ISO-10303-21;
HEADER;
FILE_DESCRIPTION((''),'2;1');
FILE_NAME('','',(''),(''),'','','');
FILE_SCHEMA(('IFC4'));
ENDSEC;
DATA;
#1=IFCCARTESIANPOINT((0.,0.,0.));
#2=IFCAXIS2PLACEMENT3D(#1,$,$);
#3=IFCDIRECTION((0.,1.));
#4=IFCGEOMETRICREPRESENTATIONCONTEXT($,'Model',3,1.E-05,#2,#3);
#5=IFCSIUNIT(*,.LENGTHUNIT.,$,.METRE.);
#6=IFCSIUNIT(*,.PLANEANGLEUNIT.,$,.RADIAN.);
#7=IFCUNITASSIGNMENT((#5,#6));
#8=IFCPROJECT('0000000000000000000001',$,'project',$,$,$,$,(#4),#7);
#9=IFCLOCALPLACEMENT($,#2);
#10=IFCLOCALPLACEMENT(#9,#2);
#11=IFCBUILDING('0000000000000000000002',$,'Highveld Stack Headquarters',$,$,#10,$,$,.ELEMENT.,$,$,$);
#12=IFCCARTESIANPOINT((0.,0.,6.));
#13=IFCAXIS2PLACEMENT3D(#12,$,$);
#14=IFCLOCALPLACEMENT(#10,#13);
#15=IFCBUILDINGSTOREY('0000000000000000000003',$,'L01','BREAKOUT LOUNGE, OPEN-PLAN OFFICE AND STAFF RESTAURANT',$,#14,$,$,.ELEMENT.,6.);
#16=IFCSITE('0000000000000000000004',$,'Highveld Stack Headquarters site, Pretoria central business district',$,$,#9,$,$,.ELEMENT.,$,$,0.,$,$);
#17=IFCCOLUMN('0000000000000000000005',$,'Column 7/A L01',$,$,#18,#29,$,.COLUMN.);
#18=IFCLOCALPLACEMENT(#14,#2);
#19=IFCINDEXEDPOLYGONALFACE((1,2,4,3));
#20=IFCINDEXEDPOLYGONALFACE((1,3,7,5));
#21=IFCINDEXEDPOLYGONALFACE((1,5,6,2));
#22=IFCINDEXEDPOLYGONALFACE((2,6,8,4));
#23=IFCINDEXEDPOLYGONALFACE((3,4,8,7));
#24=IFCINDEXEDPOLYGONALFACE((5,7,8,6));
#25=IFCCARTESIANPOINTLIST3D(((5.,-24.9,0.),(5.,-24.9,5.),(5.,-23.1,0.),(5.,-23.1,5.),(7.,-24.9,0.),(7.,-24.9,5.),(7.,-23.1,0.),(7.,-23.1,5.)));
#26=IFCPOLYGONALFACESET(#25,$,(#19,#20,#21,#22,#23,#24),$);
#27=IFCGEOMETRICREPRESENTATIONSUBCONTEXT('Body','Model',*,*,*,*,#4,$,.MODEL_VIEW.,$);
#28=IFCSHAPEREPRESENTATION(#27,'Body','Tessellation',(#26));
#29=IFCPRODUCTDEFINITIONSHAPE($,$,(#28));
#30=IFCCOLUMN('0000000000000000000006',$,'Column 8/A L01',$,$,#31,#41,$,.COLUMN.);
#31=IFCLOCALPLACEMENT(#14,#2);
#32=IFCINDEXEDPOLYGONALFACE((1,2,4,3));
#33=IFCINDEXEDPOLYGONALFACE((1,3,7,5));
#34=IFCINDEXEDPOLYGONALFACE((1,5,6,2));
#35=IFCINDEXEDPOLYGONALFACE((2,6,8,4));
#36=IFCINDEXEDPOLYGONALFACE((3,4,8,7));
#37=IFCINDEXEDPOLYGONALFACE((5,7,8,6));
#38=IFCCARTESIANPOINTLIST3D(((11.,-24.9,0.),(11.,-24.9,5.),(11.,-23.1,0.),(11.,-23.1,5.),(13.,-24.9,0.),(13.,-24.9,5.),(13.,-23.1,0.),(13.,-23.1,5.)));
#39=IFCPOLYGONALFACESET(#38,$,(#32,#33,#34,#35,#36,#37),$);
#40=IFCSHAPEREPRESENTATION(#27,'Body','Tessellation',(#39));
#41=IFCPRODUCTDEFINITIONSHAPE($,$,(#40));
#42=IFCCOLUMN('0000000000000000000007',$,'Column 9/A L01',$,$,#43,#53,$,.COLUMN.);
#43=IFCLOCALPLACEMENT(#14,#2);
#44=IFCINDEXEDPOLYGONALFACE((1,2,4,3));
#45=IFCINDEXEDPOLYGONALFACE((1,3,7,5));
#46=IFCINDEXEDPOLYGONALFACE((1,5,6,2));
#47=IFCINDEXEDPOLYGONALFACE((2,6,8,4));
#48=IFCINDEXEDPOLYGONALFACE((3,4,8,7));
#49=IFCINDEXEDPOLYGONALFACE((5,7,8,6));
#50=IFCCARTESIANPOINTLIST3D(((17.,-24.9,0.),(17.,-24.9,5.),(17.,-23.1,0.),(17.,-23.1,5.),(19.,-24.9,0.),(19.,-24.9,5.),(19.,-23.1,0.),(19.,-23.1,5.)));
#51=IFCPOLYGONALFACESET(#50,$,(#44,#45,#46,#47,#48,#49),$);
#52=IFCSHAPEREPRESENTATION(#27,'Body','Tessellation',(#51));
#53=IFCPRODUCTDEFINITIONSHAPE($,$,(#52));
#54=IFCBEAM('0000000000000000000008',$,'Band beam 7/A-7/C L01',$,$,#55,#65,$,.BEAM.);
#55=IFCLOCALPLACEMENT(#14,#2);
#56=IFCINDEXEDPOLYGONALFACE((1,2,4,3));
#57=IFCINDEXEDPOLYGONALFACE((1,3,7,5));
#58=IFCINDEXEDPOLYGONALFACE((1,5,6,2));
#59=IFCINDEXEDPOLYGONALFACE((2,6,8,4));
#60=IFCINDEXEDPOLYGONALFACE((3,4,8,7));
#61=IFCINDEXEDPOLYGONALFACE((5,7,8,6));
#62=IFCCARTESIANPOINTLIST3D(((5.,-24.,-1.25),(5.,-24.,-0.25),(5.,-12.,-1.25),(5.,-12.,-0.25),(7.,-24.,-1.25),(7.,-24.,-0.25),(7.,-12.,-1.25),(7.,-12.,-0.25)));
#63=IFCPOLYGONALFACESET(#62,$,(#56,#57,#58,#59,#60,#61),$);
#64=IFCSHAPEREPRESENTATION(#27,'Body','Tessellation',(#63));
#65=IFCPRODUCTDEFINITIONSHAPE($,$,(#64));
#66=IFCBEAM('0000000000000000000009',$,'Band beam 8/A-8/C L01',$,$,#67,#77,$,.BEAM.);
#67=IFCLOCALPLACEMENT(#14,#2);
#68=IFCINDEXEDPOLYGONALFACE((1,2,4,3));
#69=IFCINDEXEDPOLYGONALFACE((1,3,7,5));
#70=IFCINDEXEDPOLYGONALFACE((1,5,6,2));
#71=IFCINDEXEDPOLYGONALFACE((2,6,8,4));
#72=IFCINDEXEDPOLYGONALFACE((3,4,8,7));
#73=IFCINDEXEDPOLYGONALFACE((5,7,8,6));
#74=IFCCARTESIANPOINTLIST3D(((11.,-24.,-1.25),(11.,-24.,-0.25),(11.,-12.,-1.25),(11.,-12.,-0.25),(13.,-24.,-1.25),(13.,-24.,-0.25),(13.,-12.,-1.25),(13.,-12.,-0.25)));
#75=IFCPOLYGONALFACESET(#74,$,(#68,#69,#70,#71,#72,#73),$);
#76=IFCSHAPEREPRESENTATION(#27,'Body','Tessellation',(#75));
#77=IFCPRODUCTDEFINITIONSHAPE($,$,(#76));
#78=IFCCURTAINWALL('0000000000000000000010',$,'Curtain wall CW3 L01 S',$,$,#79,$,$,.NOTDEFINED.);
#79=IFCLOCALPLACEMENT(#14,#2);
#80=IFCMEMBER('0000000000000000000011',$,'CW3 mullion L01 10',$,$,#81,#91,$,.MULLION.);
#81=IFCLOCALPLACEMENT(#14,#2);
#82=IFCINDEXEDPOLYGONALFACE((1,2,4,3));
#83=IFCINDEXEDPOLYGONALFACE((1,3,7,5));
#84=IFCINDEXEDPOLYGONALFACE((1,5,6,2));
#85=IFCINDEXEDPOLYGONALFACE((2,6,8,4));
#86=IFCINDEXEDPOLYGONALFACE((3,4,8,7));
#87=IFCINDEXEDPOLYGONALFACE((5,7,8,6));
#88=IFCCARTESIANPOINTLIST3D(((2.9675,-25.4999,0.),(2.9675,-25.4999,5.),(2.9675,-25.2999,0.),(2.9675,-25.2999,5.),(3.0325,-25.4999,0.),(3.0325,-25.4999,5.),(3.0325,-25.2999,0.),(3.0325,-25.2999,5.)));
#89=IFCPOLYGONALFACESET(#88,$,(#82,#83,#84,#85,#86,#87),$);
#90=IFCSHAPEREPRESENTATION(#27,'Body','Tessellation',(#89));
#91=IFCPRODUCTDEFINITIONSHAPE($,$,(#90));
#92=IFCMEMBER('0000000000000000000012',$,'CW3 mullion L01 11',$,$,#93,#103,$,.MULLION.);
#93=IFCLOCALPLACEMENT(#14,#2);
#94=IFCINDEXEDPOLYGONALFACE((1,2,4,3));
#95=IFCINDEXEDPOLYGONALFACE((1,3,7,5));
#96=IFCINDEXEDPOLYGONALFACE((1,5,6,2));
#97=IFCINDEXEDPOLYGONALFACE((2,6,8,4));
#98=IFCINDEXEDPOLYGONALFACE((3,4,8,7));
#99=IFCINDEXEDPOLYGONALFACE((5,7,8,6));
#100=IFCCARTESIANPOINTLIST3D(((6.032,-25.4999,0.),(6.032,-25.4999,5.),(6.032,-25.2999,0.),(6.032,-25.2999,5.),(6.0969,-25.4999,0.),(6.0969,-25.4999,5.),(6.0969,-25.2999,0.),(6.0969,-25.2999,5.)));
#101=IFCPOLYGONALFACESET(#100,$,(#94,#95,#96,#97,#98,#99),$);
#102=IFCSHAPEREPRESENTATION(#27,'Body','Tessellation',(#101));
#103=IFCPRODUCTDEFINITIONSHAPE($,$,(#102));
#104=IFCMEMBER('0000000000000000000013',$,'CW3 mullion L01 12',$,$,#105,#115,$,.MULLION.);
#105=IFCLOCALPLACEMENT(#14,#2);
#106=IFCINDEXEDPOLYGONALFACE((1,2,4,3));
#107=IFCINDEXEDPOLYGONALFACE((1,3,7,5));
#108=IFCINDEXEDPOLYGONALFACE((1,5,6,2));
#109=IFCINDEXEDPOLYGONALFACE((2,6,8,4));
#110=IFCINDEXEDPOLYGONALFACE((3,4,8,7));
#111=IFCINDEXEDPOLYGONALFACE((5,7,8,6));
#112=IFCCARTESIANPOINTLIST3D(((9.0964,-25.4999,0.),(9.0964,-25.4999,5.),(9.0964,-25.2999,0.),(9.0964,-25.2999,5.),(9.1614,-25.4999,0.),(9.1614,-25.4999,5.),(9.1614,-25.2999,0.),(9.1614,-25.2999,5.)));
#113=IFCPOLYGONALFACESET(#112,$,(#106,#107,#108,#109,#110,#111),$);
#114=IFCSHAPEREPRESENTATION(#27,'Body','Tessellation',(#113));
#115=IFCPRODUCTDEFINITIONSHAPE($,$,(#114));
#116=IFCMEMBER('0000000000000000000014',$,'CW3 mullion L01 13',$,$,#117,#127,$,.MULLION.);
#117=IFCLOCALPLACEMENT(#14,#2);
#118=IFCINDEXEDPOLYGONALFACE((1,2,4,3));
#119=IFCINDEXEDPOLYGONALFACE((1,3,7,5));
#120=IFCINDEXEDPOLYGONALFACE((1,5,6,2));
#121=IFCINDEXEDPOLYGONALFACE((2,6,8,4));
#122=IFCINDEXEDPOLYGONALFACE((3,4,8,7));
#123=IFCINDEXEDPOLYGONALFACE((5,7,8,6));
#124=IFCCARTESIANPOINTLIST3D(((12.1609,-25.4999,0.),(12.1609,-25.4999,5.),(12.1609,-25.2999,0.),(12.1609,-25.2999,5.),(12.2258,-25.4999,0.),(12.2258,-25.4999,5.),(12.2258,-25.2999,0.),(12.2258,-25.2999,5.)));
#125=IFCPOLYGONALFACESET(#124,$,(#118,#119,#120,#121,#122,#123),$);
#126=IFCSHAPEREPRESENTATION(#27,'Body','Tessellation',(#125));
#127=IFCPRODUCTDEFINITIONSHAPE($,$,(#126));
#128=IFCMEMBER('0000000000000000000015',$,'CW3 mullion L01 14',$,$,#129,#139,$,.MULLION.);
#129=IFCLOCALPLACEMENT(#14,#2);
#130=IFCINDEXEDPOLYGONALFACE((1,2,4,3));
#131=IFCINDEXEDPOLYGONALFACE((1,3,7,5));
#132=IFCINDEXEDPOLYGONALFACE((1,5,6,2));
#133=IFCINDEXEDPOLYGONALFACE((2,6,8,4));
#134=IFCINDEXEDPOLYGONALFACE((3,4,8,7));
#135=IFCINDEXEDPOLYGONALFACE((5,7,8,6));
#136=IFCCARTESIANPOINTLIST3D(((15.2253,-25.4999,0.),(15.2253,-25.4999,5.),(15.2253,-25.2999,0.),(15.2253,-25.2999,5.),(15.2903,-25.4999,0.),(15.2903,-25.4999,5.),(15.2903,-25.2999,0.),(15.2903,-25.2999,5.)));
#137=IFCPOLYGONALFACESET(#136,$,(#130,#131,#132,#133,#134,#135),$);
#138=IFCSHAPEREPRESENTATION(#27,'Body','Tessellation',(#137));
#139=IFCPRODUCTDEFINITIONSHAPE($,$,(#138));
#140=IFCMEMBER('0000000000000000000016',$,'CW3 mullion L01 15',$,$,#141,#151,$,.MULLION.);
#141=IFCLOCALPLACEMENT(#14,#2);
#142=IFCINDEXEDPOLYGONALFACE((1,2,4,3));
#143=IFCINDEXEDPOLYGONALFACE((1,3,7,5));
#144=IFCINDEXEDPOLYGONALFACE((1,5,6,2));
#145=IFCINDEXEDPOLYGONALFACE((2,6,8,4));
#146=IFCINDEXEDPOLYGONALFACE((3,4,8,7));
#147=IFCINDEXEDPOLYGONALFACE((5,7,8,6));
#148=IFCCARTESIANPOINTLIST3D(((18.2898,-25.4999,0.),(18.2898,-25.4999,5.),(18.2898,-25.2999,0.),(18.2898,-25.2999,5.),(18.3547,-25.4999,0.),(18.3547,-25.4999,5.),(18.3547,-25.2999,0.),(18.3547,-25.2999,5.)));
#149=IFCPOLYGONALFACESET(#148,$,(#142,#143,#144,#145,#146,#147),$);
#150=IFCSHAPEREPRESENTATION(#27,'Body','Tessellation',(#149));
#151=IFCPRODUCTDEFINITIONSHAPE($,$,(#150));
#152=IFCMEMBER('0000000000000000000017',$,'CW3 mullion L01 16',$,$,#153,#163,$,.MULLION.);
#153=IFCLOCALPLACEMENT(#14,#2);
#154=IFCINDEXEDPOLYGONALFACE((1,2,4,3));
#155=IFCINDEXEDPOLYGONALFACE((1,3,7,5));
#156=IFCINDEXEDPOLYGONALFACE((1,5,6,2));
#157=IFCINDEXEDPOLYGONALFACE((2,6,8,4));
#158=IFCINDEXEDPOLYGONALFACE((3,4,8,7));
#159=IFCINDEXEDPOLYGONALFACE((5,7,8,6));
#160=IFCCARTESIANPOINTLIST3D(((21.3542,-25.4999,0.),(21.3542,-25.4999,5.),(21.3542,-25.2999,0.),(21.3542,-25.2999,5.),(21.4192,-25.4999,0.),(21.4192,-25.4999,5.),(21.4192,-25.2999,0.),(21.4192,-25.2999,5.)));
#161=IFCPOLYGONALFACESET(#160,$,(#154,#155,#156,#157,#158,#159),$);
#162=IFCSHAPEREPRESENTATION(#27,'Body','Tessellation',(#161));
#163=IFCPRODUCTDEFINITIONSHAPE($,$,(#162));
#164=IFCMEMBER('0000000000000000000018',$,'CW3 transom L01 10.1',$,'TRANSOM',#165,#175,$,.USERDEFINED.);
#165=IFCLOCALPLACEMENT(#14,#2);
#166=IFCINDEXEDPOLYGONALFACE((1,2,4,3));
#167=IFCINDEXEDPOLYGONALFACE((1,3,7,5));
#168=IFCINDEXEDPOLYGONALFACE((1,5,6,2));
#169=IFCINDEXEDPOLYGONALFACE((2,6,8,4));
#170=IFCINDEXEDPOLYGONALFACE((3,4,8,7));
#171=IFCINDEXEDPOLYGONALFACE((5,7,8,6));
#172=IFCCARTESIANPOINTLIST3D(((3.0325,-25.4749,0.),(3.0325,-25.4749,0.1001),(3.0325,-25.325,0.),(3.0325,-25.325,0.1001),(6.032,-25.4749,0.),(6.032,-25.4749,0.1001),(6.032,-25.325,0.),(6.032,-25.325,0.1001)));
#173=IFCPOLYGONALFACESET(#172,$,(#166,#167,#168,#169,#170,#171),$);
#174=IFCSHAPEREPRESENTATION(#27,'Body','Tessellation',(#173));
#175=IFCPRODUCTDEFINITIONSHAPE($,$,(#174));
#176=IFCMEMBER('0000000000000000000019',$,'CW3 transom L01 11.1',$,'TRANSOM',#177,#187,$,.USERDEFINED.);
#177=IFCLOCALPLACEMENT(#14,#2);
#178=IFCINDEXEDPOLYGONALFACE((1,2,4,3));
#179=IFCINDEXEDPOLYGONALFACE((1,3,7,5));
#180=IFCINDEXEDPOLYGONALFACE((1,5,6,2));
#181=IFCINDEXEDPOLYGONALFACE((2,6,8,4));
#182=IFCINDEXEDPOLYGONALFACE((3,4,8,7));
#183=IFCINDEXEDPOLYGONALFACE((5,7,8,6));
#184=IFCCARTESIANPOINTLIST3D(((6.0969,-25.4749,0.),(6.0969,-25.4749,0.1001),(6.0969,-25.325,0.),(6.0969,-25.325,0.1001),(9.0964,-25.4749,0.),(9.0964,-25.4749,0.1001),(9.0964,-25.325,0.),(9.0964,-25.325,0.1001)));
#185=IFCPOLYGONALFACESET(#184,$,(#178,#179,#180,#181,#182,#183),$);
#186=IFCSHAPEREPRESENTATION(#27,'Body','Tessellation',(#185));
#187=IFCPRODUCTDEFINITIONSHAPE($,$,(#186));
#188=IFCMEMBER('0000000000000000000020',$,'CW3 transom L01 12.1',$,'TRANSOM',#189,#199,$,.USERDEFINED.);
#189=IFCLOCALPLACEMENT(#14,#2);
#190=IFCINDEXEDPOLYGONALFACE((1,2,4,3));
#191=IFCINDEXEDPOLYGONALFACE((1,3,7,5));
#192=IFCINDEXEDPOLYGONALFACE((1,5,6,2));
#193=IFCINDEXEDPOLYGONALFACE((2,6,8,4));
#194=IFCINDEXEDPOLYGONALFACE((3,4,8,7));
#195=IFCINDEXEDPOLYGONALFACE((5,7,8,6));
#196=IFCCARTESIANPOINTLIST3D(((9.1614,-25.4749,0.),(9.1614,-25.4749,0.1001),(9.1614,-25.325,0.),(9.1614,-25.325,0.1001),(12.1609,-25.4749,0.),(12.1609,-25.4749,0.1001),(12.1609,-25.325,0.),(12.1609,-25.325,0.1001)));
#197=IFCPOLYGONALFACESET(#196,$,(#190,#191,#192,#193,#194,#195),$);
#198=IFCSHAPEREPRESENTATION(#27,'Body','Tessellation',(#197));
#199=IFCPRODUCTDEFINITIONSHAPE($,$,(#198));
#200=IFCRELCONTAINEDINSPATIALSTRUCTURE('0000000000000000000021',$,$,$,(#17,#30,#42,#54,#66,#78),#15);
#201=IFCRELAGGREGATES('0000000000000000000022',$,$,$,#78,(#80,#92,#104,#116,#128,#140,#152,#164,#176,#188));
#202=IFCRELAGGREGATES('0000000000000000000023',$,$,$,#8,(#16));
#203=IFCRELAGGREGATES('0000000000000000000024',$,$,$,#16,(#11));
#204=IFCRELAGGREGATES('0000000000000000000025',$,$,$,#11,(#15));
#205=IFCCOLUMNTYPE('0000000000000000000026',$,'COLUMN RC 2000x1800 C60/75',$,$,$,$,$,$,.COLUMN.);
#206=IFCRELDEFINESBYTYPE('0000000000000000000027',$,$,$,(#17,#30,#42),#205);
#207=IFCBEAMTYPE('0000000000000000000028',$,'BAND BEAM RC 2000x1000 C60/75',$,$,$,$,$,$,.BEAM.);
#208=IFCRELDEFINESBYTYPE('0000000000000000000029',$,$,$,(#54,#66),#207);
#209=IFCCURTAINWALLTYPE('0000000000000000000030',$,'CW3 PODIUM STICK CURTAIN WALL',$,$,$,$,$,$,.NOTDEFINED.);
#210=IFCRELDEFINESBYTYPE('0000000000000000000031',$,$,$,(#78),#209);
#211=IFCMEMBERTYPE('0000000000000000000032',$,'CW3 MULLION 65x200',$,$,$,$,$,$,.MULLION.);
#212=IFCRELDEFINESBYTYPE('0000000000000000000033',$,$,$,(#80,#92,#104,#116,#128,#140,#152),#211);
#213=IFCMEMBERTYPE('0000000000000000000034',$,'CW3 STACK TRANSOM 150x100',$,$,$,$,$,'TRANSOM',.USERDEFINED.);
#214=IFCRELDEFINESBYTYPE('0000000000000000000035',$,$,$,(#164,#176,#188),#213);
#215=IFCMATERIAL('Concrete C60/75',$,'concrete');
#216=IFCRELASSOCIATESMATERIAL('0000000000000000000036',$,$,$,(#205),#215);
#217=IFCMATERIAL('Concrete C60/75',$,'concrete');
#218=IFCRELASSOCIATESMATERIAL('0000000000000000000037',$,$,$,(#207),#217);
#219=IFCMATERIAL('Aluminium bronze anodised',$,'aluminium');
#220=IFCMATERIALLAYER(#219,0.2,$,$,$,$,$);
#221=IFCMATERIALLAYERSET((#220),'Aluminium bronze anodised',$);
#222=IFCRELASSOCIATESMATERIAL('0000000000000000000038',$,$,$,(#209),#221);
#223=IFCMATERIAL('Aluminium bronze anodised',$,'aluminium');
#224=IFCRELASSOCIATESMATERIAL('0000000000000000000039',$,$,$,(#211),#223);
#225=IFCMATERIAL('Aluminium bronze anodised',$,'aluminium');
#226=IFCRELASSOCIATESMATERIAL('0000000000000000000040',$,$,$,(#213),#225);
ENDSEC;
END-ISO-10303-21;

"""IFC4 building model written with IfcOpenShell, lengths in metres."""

from ifc_helpers import new_model, si_unit, direction, frame, origin, origin_2d, place, context, subcontext, project, spatial, rectangle, extrude, material, layer, layer_set, material_profile, profile_set, type_object, element, aggregate, save


model = new_model("IFC4")

# Units and contexts
model_context = context("Model", 3, precision=1e-05, world=origin(), true_north=direction((0.0, 1.0)))
body_context = subcontext(model_context, "Body", "Model", "MODEL_VIEW")
ifc_project = project(units=[si_unit("LENGTHUNIT", "METRE"), si_unit("PLANEANGLEUNIT", "RADIAN")], contexts=[model_context])

# Site, building, storey
site_placement = place(None, origin())
site = spatial("IfcSite", under=ifc_project, at=site_placement, Name="Highveld Stack Headquarters site, Pretoria central business district", CompositionType="ELEMENT", RefElevation=0.0)
building_placement = place(site_placement, origin())
building = spatial("IfcBuilding", under=site, at=building_placement, Name="Highveld Stack Headquarters", CompositionType="ELEMENT")
storey_placement = place(building_placement, frame((0.0, 0.0, 6.0)))
storey = spatial("IfcBuildingStorey", under=building, at=storey_placement, Name="L01", Description="BREAKOUT LOUNGE, OPEN-PLAN OFFICE AND STAFF RESTAURANT", CompositionType="ELEMENT", Elevation=6.0)

# Columns
ifc_material_1 = material(Name="Concrete C60/75", Category="concrete")
ifc_material_profile_1 = material_profile(ifc_material_1, rectangle(XDim=2.0, YDim=1.8, at=origin_2d()), Name="RC 2000x1800")
ifc_profile_set_1 = profile_set([ifc_material_profile_1], Name="Concrete C60/75")
column_type = type_object("IfcColumnType", Name="COLUMN RC 2000x1800 C60/75", PredefinedType="COLUMN", material=ifc_profile_set_1)
for number, where, z_axis, x_axis, name in (
    (1, (6.0, -24.0, 0.0), (0.0, 0.0, 1.0), (1.0, 0.0, 0.0), "Column 7/A L01"),
    (2, (12.0, -24.0, 0.0), (0.0, 0.0, 1.0), (1.0, 0.0, 0.0), "Column 8/A L01"),
    (3, (18.0, -24.0, 0.0), (0.0, 0.0, 1.0), (1.0, 0.0, 0.0), "Column 9/A L01"),
):
    element("IfcColumn", number, at=place(storey_placement, frame(where, z_axis=z_axis, x_axis=x_axis)), inside=storey, type_object=column_type, Name=name, PredefinedType="COLUMN", context=body_context, shape_type="SweptSolid", body=[
        extrude(rectangle(XDim=2.0, YDim=1.8, at=origin_2d()), origin(), (0.0, 0.0, 1.0), 5.0),
    ])

# Beams
ifc_material_2 = material(Name="Concrete C60/75", Category="concrete")
ifc_material_profile_2 = material_profile(ifc_material_2, rectangle(XDim=2.0, YDim=1.0, at=origin_2d()), Name="RC 2000x1000")
ifc_profile_set_2 = profile_set([ifc_material_profile_2], Name="Concrete C60/75")
beam_type = type_object("IfcBeamType", Name="BAND BEAM RC 2000x1000 C60/75", PredefinedType="BEAM", material=ifc_profile_set_2)
for number, where, z_axis, x_axis, name in (
    (4, (6.0, -24.0, -0.75), (0.0, 1.0, 0.0), (-1.0, 0.0, 0.0), "Band beam 7/A-7/C L01"),
    (5, (12.0, -24.0, -0.75), (0.0, 1.0, 0.0), (-1.0, 0.0, 0.0), "Band beam 8/A-8/C L01"),
):
    element("IfcBeam", number, at=place(storey_placement, frame(where, z_axis=z_axis, x_axis=x_axis)), inside=storey, type_object=beam_type, Name=name, PredefinedType="BEAM", context=body_context, shape_type="SweptSolid", body=[
        extrude(rectangle(XDim=2.0, YDim=1.0, at=origin_2d()), origin(), (0.0, 0.0, 1.0), 12.0),
    ])

# Curtain wall, members
ifc_material_3 = material(Name="Aluminium bronze anodised", Category="aluminium")
ifc_layer_1 = layer(ifc_material_3, 0.2)
ifc_layer_set_1 = layer_set([ifc_layer_1], Name="Aluminium bronze anodised")
curtain_wall_type = type_object("IfcCurtainWallType", Name="CW3 PODIUM STICK CURTAIN WALL", PredefinedType="NOTDEFINED", material=ifc_layer_set_1)
curtain_wall_placement = place(storey_placement, origin())
curtain_wall = element("IfcCurtainWall", 6, at=curtain_wall_placement, inside=storey, type_object=curtain_wall_type, Name="Curtain wall CW3 L01 S", PredefinedType="NOTDEFINED")
ifc_material_4 = material(Name="Aluminium bronze anodised", Category="aluminium")
ifc_material_profile_3 = material_profile(ifc_material_4, rectangle(XDim=0.2, YDim=0.0649, at=origin_2d()), Name="CW3 MULLION 65x200")
ifc_profile_set_3 = profile_set([ifc_material_profile_3], Name="Aluminium bronze anodised")
member_type_1 = type_object("IfcMemberType", Name="CW3 MULLION 65x200", PredefinedType="MULLION", material=ifc_profile_set_3)
member_1_placement = place(storey_placement, frame((3.0, -25.3999, 0.0), z_axis=(0.0, 0.0, 1.0), x_axis=(0.0, 1.0, 0.0)))
member_1 = element("IfcMember", 7, at=member_1_placement, type_object=member_type_1, Name="CW3 mullion L01 10", PredefinedType="MULLION", context=body_context, shape_type="SweptSolid", body=[
    extrude(rectangle(XDim=0.2, YDim=0.0649, at=origin_2d()), origin(), (0.0, 0.0, 1.0), 5.0),
])
member_2_placement = place(storey_placement, frame((6.0645, -25.3999, 0.0), z_axis=(0.0, 0.0, 1.0), x_axis=(0.0, 1.0, 0.0)))
member_2 = element("IfcMember", 8, at=member_2_placement, type_object=member_type_1, Name="CW3 mullion L01 11", PredefinedType="MULLION", context=body_context, shape_type="SweptSolid", body=[
    extrude(rectangle(XDim=0.2, YDim=0.0649, at=origin_2d()), origin(), (0.0, 0.0, 1.0), 5.0),
])
member_3_placement = place(storey_placement, frame((9.1289, -25.3999, 0.0), z_axis=(0.0, 0.0, 1.0), x_axis=(0.0, 1.0, 0.0)))
member_3 = element("IfcMember", 9, at=member_3_placement, type_object=member_type_1, Name="CW3 mullion L01 12", PredefinedType="MULLION", context=body_context, shape_type="SweptSolid", body=[
    extrude(rectangle(XDim=0.2, YDim=0.0649, at=origin_2d()), origin(), (0.0, 0.0, 1.0), 5.0),
])
member_4_placement = place(storey_placement, frame((12.1934, -25.3999, 0.0), z_axis=(0.0, 0.0, 1.0), x_axis=(0.0, 1.0, 0.0)))
member_4 = element("IfcMember", 10, at=member_4_placement, type_object=member_type_1, Name="CW3 mullion L01 13", PredefinedType="MULLION", context=body_context, shape_type="SweptSolid", body=[
    extrude(rectangle(XDim=0.2, YDim=0.0649, at=origin_2d()), origin(), (0.0, 0.0, 1.0), 5.0),
])
member_5_placement = place(storey_placement, frame((15.2578, -25.3999, 0.0), z_axis=(0.0, 0.0, 1.0), x_axis=(0.0, 1.0, 0.0)))
member_5 = element("IfcMember", 11, at=member_5_placement, type_object=member_type_1, Name="CW3 mullion L01 14", PredefinedType="MULLION", context=body_context, shape_type="SweptSolid", body=[
    extrude(rectangle(XDim=0.2, YDim=0.0649, at=origin_2d()), origin(), (0.0, 0.0, 1.0), 5.0),
])
member_6_placement = place(storey_placement, frame((18.3223, -25.3999, 0.0), z_axis=(0.0, 0.0, 1.0), x_axis=(0.0, 1.0, 0.0)))
member_6 = element("IfcMember", 12, at=member_6_placement, type_object=member_type_1, Name="CW3 mullion L01 15", PredefinedType="MULLION", context=body_context, shape_type="SweptSolid", body=[
    extrude(rectangle(XDim=0.2, YDim=0.0649, at=origin_2d()), origin(), (0.0, 0.0, 1.0), 5.0),
])
member_7_placement = place(storey_placement, frame((21.3867, -25.3999, 0.0), z_axis=(0.0, 0.0, 1.0), x_axis=(0.0, 1.0, 0.0)))
member_7 = element("IfcMember", 13, at=member_7_placement, type_object=member_type_1, Name="CW3 mullion L01 16", PredefinedType="MULLION", context=body_context, shape_type="SweptSolid", body=[
    extrude(rectangle(XDim=0.2, YDim=0.0649, at=origin_2d()), origin(), (0.0, 0.0, 1.0), 5.0),
])
ifc_material_5 = material(Name="Aluminium bronze anodised", Category="aluminium")
ifc_material_profile_4 = material_profile(ifc_material_5, rectangle(XDim=0.1499, YDim=0.1001, at=origin_2d()), Name="CW3 TRANSOM 150x100")
ifc_profile_set_4 = profile_set([ifc_material_profile_4], Name="Aluminium bronze anodised")
member_type_2 = type_object("IfcMemberType", Name="CW3 STACK TRANSOM 150x100", ElementType="TRANSOM", PredefinedType="USERDEFINED", material=ifc_profile_set_4)
member_8_placement = place(storey_placement, frame((3.0325, -25.3999, 0.05), z_axis=(1.0, 0.0, 0.0), x_axis=(0.0, 1.0, 0.0)))
member_8 = element("IfcMember", 14, at=member_8_placement, type_object=member_type_2, Name="CW3 transom L01 10.1", ObjectType="TRANSOM", PredefinedType="USERDEFINED", context=body_context, shape_type="SweptSolid", body=[
    extrude(rectangle(XDim=0.1499, YDim=0.1001, at=origin_2d()), origin(), (0.0, 0.0, 1.0), 2.9995),
])
member_9_placement = place(storey_placement, frame((6.0969, -25.3999, 0.05), z_axis=(1.0, 0.0, 0.0), x_axis=(0.0, 1.0, 0.0)))
member_9 = element("IfcMember", 15, at=member_9_placement, type_object=member_type_2, Name="CW3 transom L01 11.1", ObjectType="TRANSOM", PredefinedType="USERDEFINED", context=body_context, shape_type="SweptSolid", body=[
    extrude(rectangle(XDim=0.1499, YDim=0.1001, at=origin_2d()), origin(), (0.0, 0.0, 1.0), 2.9995),
])
member_10_placement = place(storey_placement, frame((9.1614, -25.3999, 0.05), z_axis=(1.0, 0.0, 0.0), x_axis=(0.0, 1.0, 0.0)))
member_10 = element("IfcMember", 16, at=member_10_placement, type_object=member_type_2, Name="CW3 transom L01 12.1", ObjectType="TRANSOM", PredefinedType="USERDEFINED", context=body_context, shape_type="SweptSolid", body=[
    extrude(rectangle(XDim=0.1499, YDim=0.1001, at=origin_2d()), origin(), (0.0, 0.0, 1.0), 2.9995),
])
aggregate(curtain_wall, [member_1, member_2, member_3, member_4, member_5, member_6, member_7, member_8, member_9, member_10])

save(model, "model.ifc")
